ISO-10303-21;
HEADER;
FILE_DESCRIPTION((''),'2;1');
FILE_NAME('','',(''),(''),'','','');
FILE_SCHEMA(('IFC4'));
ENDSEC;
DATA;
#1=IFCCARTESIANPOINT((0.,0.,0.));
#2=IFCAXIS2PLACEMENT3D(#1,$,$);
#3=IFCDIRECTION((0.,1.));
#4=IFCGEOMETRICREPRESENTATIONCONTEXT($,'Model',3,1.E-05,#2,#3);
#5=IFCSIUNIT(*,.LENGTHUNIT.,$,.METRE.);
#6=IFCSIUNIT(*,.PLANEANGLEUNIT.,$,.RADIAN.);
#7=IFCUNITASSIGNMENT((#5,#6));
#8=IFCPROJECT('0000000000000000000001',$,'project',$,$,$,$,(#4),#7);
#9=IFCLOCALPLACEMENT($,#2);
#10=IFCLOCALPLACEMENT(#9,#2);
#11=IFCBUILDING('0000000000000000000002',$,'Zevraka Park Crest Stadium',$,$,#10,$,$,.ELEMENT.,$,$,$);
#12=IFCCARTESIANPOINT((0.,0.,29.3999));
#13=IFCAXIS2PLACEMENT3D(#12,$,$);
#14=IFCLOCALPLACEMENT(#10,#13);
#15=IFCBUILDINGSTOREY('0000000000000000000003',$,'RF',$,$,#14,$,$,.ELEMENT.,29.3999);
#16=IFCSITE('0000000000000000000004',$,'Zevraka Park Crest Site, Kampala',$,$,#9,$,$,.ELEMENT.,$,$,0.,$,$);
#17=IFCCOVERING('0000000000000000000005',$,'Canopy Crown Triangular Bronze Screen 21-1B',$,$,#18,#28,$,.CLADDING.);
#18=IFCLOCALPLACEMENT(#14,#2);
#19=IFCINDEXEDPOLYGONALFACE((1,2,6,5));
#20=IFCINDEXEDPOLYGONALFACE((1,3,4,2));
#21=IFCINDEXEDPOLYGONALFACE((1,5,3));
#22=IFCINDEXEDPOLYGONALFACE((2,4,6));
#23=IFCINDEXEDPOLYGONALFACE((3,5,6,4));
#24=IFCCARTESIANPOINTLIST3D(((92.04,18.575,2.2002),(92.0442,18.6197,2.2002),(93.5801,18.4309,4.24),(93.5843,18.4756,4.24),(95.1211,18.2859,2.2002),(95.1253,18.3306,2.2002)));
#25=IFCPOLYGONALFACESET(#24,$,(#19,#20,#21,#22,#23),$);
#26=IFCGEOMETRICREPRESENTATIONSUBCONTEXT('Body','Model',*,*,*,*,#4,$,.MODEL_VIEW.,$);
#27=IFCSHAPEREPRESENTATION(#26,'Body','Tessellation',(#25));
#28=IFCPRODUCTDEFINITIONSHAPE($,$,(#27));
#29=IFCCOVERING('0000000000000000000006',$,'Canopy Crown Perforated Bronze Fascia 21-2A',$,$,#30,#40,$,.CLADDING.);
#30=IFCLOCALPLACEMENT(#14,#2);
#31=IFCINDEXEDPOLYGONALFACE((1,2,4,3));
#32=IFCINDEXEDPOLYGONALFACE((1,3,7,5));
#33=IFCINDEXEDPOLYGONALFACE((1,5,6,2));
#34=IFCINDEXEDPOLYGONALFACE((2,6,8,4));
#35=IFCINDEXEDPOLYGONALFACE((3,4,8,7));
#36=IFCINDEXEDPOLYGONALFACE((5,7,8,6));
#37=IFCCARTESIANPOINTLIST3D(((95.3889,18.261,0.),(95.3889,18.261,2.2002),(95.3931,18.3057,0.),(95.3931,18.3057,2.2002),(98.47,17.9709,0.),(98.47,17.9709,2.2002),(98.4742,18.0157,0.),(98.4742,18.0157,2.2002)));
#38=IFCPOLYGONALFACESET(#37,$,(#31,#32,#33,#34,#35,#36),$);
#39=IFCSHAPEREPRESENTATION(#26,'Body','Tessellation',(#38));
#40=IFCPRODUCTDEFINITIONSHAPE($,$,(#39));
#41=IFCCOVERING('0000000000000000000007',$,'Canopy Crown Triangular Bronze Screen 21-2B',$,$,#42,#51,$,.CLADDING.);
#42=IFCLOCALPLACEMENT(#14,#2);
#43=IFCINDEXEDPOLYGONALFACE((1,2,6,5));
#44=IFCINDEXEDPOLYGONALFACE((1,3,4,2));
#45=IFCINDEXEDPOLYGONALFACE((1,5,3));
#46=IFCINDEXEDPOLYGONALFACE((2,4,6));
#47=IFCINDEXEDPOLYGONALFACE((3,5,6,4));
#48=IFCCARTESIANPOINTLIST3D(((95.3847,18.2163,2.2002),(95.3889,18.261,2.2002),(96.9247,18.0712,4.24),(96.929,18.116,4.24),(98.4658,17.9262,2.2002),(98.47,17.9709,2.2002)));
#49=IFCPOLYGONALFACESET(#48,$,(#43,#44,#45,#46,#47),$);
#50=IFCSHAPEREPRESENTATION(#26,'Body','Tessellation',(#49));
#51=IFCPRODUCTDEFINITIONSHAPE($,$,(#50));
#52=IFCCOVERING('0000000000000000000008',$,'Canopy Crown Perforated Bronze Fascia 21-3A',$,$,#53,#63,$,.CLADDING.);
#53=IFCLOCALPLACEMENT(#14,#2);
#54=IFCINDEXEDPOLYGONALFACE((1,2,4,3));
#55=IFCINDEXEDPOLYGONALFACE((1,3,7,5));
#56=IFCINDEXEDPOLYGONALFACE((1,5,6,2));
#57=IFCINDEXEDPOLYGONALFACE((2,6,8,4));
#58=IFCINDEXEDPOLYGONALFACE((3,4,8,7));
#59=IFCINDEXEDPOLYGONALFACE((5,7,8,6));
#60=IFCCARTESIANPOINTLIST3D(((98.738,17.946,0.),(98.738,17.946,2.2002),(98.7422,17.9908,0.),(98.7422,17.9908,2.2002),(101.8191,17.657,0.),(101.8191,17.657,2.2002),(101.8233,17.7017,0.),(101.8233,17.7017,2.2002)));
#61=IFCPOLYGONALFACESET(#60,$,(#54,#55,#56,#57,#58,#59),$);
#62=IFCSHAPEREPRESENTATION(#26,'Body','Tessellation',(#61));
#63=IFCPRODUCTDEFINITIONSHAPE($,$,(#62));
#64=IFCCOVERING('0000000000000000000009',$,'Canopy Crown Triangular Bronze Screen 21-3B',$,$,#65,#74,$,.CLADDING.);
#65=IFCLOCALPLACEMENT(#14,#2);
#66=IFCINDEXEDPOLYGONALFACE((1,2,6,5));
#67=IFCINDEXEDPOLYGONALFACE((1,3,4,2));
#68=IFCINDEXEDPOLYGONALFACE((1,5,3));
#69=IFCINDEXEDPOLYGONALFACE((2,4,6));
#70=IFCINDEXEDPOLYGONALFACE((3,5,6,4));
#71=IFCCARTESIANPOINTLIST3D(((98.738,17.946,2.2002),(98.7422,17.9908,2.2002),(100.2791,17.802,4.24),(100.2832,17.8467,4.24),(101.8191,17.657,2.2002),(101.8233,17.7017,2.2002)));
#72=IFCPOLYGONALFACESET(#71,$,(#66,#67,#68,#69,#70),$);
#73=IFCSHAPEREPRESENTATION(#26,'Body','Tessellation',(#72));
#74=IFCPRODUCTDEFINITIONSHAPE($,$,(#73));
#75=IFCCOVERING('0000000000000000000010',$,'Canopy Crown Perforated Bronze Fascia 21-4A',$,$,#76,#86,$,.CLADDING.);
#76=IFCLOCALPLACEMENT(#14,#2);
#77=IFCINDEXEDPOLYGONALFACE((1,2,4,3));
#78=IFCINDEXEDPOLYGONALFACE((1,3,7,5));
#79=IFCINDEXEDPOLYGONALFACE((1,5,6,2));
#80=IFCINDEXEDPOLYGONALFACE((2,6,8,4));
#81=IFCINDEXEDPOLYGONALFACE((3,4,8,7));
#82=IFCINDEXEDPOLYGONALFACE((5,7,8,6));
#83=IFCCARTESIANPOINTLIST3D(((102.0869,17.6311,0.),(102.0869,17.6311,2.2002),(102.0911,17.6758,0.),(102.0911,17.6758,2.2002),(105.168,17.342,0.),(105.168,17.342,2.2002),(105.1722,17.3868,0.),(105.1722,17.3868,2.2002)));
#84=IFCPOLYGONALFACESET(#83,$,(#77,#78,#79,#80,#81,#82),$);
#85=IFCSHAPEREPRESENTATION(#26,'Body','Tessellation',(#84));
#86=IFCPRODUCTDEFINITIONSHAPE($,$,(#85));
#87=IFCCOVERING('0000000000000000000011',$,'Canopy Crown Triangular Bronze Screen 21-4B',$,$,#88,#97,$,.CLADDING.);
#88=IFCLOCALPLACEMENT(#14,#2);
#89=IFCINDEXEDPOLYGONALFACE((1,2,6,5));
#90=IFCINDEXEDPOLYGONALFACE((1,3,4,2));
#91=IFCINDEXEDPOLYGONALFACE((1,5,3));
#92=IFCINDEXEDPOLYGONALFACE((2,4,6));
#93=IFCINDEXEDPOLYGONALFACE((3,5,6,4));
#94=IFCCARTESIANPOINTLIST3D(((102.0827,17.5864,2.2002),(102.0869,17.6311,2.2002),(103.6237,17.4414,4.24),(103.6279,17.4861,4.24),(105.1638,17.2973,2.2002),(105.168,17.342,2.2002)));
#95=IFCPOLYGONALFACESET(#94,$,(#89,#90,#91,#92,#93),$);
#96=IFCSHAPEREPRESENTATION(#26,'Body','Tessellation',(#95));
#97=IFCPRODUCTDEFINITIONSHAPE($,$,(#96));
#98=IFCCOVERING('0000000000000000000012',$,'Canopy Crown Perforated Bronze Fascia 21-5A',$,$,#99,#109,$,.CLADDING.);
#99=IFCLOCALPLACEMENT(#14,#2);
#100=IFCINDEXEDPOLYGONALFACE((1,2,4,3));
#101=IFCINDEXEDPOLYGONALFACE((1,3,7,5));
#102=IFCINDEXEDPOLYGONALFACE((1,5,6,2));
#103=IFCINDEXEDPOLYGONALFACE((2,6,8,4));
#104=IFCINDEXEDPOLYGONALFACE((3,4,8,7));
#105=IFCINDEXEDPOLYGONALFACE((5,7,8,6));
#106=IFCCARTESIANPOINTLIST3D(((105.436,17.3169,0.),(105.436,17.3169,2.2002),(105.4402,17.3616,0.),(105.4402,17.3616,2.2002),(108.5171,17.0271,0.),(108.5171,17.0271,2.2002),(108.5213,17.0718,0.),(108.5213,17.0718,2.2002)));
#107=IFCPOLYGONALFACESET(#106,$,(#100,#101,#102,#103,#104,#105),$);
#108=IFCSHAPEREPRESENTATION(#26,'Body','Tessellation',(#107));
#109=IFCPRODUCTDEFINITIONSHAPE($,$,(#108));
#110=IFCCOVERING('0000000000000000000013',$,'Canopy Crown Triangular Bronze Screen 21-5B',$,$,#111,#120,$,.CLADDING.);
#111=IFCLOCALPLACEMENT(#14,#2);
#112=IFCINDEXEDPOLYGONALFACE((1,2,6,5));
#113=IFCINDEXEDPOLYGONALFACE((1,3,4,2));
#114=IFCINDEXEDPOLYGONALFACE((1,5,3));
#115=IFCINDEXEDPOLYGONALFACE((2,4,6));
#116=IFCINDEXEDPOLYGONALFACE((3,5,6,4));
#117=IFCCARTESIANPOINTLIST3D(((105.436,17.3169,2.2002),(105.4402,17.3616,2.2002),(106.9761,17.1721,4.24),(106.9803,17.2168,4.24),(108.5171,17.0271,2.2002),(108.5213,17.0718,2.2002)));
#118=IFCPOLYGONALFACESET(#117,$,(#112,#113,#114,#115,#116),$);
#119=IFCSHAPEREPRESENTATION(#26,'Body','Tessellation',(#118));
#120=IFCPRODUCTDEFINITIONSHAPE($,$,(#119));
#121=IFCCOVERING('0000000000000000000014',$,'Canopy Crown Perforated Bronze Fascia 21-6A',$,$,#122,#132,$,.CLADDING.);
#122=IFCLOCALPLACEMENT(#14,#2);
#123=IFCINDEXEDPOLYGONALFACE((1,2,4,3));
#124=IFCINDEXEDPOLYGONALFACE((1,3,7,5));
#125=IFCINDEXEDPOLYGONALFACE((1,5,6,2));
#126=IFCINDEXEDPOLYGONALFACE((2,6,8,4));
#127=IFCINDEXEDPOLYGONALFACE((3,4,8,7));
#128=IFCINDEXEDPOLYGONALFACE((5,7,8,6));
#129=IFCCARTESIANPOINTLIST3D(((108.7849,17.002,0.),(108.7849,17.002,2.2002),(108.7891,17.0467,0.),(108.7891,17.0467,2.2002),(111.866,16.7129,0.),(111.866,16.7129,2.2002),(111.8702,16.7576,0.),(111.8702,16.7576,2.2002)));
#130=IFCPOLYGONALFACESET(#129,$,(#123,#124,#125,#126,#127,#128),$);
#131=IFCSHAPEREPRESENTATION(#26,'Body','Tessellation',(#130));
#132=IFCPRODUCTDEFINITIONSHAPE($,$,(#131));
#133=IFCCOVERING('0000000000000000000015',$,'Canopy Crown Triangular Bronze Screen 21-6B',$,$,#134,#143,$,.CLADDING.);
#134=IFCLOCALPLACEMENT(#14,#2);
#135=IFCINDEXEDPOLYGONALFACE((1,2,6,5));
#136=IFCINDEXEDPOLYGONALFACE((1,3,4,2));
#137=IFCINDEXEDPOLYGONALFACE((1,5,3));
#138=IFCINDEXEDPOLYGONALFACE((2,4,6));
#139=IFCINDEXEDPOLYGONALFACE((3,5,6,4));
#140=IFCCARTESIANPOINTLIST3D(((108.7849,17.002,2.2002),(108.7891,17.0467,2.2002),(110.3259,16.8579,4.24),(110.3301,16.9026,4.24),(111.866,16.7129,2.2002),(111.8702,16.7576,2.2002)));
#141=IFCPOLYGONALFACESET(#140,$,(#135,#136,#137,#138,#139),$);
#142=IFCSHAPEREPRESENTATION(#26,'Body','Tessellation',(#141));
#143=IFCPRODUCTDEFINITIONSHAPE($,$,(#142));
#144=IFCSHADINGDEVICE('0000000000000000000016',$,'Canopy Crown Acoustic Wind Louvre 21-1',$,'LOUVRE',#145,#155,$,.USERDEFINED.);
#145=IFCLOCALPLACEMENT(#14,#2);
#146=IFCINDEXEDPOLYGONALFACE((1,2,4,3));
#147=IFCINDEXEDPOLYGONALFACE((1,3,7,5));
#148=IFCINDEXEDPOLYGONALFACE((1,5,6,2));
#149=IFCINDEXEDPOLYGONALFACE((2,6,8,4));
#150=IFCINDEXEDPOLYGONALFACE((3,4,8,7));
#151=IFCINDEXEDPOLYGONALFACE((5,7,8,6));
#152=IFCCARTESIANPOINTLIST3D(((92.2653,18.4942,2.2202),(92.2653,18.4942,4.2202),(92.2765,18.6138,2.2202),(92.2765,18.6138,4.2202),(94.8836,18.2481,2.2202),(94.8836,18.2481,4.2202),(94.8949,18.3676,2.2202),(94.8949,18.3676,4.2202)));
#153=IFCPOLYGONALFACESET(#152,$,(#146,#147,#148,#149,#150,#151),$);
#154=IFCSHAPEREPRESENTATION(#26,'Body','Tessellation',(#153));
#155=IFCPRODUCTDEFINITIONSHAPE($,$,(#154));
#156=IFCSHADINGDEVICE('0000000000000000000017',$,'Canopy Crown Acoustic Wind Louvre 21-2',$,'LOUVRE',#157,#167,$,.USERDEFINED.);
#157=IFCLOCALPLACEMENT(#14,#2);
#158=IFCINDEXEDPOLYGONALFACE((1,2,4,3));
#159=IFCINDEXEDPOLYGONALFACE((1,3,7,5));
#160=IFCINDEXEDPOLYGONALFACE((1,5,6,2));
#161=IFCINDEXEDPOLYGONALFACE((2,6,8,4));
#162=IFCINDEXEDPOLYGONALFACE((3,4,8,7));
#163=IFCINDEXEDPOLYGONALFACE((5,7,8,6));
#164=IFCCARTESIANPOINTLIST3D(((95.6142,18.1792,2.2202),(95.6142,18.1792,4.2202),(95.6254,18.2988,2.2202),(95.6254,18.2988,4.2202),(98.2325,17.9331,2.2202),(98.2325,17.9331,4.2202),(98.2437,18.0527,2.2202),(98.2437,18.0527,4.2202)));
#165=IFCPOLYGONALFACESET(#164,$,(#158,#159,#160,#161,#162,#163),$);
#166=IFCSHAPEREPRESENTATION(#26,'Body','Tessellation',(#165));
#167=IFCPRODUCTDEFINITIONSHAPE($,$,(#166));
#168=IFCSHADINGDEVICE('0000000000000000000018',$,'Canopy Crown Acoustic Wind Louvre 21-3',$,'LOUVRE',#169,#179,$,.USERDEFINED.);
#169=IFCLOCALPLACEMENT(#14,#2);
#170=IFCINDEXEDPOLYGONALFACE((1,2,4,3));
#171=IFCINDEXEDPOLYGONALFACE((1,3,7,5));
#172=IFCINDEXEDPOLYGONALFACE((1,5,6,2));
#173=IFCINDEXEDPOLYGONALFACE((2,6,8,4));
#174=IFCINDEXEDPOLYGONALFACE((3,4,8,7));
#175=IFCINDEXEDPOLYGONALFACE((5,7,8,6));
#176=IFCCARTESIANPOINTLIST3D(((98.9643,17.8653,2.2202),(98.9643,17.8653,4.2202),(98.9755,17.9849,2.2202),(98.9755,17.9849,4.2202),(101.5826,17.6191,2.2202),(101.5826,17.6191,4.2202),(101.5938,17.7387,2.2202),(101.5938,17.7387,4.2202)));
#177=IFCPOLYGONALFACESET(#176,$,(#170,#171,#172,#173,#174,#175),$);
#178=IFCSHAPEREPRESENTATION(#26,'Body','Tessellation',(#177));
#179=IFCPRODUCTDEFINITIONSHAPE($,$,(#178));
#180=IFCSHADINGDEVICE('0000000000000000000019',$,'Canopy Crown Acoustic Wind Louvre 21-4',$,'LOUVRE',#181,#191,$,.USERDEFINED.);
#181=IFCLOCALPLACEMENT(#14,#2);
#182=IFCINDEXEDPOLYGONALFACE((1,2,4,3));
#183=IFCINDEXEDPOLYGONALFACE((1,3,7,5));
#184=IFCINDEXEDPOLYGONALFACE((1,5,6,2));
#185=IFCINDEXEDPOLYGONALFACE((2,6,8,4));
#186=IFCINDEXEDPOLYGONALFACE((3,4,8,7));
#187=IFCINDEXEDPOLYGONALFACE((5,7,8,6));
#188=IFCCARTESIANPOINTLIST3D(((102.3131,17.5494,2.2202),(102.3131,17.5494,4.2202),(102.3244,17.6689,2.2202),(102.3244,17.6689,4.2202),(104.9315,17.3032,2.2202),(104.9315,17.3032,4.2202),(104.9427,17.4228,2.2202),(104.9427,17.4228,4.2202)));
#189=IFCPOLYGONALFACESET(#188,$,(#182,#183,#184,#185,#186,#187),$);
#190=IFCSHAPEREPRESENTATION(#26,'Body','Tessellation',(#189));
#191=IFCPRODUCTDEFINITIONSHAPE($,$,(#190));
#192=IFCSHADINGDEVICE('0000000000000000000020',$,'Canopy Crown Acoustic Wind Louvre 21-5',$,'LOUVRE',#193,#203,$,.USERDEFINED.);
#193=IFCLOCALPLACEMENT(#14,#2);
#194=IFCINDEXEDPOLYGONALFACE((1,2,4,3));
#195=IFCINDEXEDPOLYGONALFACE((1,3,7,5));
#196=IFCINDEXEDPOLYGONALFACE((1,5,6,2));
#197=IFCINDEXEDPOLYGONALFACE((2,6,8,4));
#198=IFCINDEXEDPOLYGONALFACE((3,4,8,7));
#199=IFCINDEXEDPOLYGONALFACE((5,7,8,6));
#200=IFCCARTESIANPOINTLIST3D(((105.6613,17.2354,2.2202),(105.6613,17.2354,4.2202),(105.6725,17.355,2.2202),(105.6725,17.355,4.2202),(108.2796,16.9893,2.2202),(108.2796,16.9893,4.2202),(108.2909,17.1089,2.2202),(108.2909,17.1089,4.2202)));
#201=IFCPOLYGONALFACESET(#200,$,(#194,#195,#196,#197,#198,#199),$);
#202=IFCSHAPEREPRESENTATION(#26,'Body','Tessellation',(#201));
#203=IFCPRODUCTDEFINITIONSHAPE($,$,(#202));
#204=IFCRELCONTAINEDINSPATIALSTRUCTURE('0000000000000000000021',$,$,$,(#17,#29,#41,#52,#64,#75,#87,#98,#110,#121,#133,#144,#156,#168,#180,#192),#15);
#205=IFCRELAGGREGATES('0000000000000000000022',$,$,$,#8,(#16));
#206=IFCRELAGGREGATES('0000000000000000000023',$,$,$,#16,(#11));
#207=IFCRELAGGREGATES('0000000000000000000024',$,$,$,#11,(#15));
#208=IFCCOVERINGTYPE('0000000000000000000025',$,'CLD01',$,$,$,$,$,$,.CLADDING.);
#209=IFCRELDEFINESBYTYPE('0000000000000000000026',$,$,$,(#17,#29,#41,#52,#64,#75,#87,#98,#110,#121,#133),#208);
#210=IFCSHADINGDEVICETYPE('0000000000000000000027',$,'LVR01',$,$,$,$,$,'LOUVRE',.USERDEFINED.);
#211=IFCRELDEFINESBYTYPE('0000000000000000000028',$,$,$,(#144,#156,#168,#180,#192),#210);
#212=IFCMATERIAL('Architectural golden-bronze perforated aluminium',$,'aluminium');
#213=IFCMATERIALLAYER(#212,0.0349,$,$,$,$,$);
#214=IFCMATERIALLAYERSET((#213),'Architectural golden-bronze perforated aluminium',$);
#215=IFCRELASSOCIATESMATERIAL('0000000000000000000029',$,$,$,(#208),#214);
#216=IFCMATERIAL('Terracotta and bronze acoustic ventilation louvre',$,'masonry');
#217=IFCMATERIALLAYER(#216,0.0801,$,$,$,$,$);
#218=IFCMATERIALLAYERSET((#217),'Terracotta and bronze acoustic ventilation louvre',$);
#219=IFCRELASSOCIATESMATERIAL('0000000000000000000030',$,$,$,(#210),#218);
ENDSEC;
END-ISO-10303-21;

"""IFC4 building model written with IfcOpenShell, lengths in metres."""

from ifc_helpers import new_model, si_unit, direction, frame, origin, origin_2d, place, context, subcontext, project, spatial, polyline, rectangle, outline, extrude, material, layer, layer_set, type_object, element, save


model = new_model("IFC4")

# Units and contexts
model_context = context("Model", 3, precision=1e-05, world=origin(), true_north=direction((0.0, 1.0)))
body_context = subcontext(model_context, "Body", "Model", "MODEL_VIEW")
ifc_project = project(units=[si_unit("LENGTHUNIT", "METRE"), si_unit("PLANEANGLEUNIT", "RADIAN")], contexts=[model_context])

# Site, building, storey
site_placement = place(None, origin())
site = spatial("IfcSite", under=ifc_project, at=site_placement, Name="Zevraka Park Crest Site, Kampala", CompositionType="ELEMENT", RefElevation=0.0)
building_placement = place(site_placement, origin())
building = spatial("IfcBuilding", under=site, at=building_placement, Name="Zevraka Park Crest Stadium", CompositionType="ELEMENT")
storey_placement = place(building_placement, frame((0.0, 0.0, 29.3999)))
storey = spatial("IfcBuildingStorey", under=building, at=storey_placement, Name="RF", CompositionType="ELEMENT", Elevation=29.3999)

# Coverings
ifc_material_1 = material(Name="Architectural golden-bronze perforated aluminium", Category="aluminium")
ifc_layer_1 = layer(ifc_material_1, 0.0349)
ifc_layer_set_1 = layer_set([ifc_layer_1], Name="Architectural golden-bronze perforated aluminium")
covering_type = type_object("IfcCoveringType", Name="CLD01", PredefinedType="CLADDING", material=ifc_layer_set_1)
covering_1_placement = place(storey_placement, frame((92.04, 18.575, 2.2002), z_axis=(-0.093409, -0.995628, 0.000216), x_axis=(0.995628, -0.093409, 0.0)))
element("IfcCovering", 1, at=covering_1_placement, inside=storey, type_object=covering_type, Name="Canopy Crown Triangular Bronze Screen 21-1B", PredefinedType="CLADDING", context=body_context, shape_type="SweptSolid", body=[
    extrude(outline(polyline([(0.0, 0.0), (3.0946, 0.0), (1.5468, 2.0398), (0.0, 0.0)])), origin(), (0.0, 0.0, -1.0), 0.0449),
])
covering_2_placement = place(storey_placement, frame((95.3889, 18.261, 0.0), z_axis=(-0.093722, -0.995598, 0.0), x_axis=(0.995598, -0.093722, 0.0)))
element("IfcCovering", 2, at=covering_2_placement, inside=storey, type_object=covering_type, Name="Canopy Crown Perforated Bronze Fascia 21-2A", PredefinedType="CLADDING", context=body_context, shape_type="SweptSolid", body=[
    extrude(outline(polyline([(0.0, 0.0), (3.0947, 0.0), (3.0947, 2.2002), (0.0, 2.2002), (0.0, 0.0)])), origin(), (0.0, 0.0, -1.0), 0.0449),
])
covering_3_placement = place(storey_placement, frame((95.3889, 18.261, 2.2002), z_axis=(0.093722, 0.995598, 0.000022), x_axis=(0.995598, -0.093722, 0.0)))
element("IfcCovering", 3, at=covering_3_placement, inside=storey, type_object=covering_type, Name="Canopy Crown Triangular Bronze Screen 21-2B", PredefinedType="CLADDING", context=body_context, shape_type="SweptSolid", body=[
    extrude(outline(polyline([(0.0, 0.0), (3.0947, 0.0), (1.5469, -2.0398), (0.0, 0.0)])), origin(), (0.0, 0.0, -1.0), 0.0449),
])
covering_4_placement = place(storey_placement, frame((98.738, 17.946, 0.0), z_axis=(-0.093409, -0.995628, 0.0), x_axis=(0.995628, -0.093409, 0.0)))
element("IfcCovering", 4, at=covering_4_placement, inside=storey, type_object=covering_type, Name="Canopy Crown Perforated Bronze Fascia 21-3A", PredefinedType="CLADDING", context=body_context, shape_type="SweptSolid", body=[
    extrude(outline(polyline([(0.0, 0.0), (3.0946, 0.0), (3.0946, 2.2002), (0.0, 2.2002), (0.0, 0.0)])), origin(), (0.0, 0.0, -1.0), 0.0449),
])
covering_5_placement = place(storey_placement, frame((98.738, 17.946, 2.2002), z_axis=(-0.093409, -0.995628, 0.000261), x_axis=(0.995628, -0.093409, 0.0)))
element("IfcCovering", 5, at=covering_5_placement, inside=storey, type_object=covering_type, Name="Canopy Crown Triangular Bronze Screen 21-3B", PredefinedType="CLADDING", context=body_context, shape_type="SweptSolid", body=[
    extrude(outline(polyline([(0.0, 0.0), (3.0946, 0.0), (1.5477, 2.0398), (0.0, 0.0)])), origin(), (0.0, 0.0, -1.0), 0.0449),
])
covering_6_placement = place(storey_placement, frame((102.0869, 17.6311, 0.0), z_axis=(-0.093409, -0.995628, 0.0), x_axis=(0.995628, -0.093409, 0.0)))
element("IfcCovering", 6, at=covering_6_placement, inside=storey, type_object=covering_type, Name="Canopy Crown Perforated Bronze Fascia 21-4A", PredefinedType="CLADDING", context=body_context, shape_type="SweptSolid", body=[
    extrude(outline(polyline([(0.0, 0.0), (3.0946, 0.0), (3.0946, 2.2002), (0.0, 2.2002), (0.0, 0.0)])), origin(), (0.0, 0.0, -1.0), 0.0449),
])
covering_7_placement = place(storey_placement, frame((102.0869, 17.6311, 2.2002), z_axis=(0.093409, 0.995628, 0.000216), x_axis=(0.995628, -0.093409, 0.0)))
element("IfcCovering", 7, at=covering_7_placement, inside=storey, type_object=covering_type, Name="Canopy Crown Triangular Bronze Screen 21-4B", PredefinedType="CLADDING", context=body_context, shape_type="SweptSolid", body=[
    extrude(outline(polyline([(0.0, 0.0), (3.0946, 0.0), (1.5478, -2.0398), (0.0, 0.0)])), origin(), (0.0, 0.0, -1.0), 0.0449),
])
covering_8_placement = place(storey_placement, frame((105.436, 17.3169, 0.0), z_axis=(-0.093644, -0.995606, 0.0), x_axis=(0.995606, -0.093644, 0.0)))
element("IfcCovering", 8, at=covering_8_placement, inside=storey, type_object=covering_type, Name="Canopy Crown Perforated Bronze Fascia 21-5A", PredefinedType="CLADDING", context=body_context, shape_type="SweptSolid", body=[
    extrude(outline(polyline([(0.0, 0.0), (3.0947, 0.0), (3.0947, 2.2002), (0.0, 2.2002), (0.0, 0.0)])), origin(), (0.0, 0.0, -1.0), 0.0449),
])
covering_9_placement = place(storey_placement, frame((105.436, 17.3169, 2.2002), z_axis=(-0.093644, -0.995606, 0.000037), x_axis=(0.995606, -0.093644, 0.0)))
element("IfcCovering", 9, at=covering_9_placement, inside=storey, type_object=covering_type, Name="Canopy Crown Triangular Bronze Screen 21-5B", PredefinedType="CLADDING", context=body_context, shape_type="SweptSolid", body=[
    extrude(outline(polyline([(0.0, 0.0), (3.0947, 0.0), (1.5468, 2.0398), (0.0, 0.0)])), origin(), (0.0, 0.0, -1.0), 0.0449),
])
covering_10_placement = place(storey_placement, frame((108.7849, 17.002, 0.0), z_axis=(-0.093409, -0.995628, 0.0), x_axis=(0.995628, -0.093409, 0.0)))
element("IfcCovering", 10, at=covering_10_placement, inside=storey, type_object=covering_type, Name="Canopy Crown Perforated Bronze Fascia 21-6A", PredefinedType="CLADDING", context=body_context, shape_type="SweptSolid", body=[
    extrude(outline(polyline([(0.0, 0.0), (3.0946, 0.0), (3.0946, 2.2002), (0.0, 2.2002), (0.0, 0.0)])), origin(), (0.0, 0.0, -1.0), 0.0449),
])
covering_11_placement = place(storey_placement, frame((108.7849, 17.002, 2.2002), z_axis=(-0.093409, -0.995628, 0.000261), x_axis=(0.995628, -0.093409, 0.0)))
element("IfcCovering", 11, at=covering_11_placement, inside=storey, type_object=covering_type, Name="Canopy Crown Triangular Bronze Screen 21-6B", PredefinedType="CLADDING", context=body_context, shape_type="SweptSolid", body=[
    extrude(outline(polyline([(0.0, 0.0), (3.0946, 0.0), (1.5477, 2.0398), (0.0, 0.0)])), origin(), (0.0, 0.0, -1.0), 0.0449),
])

# Shading devices
ifc_material_2 = material(Name="Terracotta and bronze acoustic ventilation louvre", Category="masonry")
ifc_layer_2 = layer(ifc_material_2, 0.0801)
ifc_layer_set_2 = layer_set([ifc_layer_2], Name="Terracotta and bronze acoustic ventilation louvre")
shading_device_type = type_object("IfcShadingDeviceType", Name="LVR01", ElementType="LOUVRE", PredefinedType="USERDEFINED", material=ifc_layer_set_2)
for number, where, z_axis, x_axis, name in (
    (12, (93.5801, 18.4309, 2.2202), (0.0, 0.0, 1.0), (0.995611, -0.093587, 0.0), "Canopy Crown Acoustic Wind Louvre 21-1"),
    (13, (96.929, 18.116, 2.2202), (0.0, 0.0, 1.0), (0.995611, -0.093587, 0.0), "Canopy Crown Acoustic Wind Louvre 21-2"),
    (14, (100.2791, 17.802, 2.2202), (0.0, 0.0, 1.0), (0.995611, -0.093587, 0.0), "Canopy Crown Acoustic Wind Louvre 21-3"),
    (15, (103.6279, 17.4861, 2.2202), (0.0, 0.0, 1.0), (0.995611, -0.093587, 0.0), "Canopy Crown Acoustic Wind Louvre 21-4"),
    (16, (106.9761, 17.1721, 2.2202), (0.0, 0.0, 1.0), (0.995611, -0.093587, 0.0), "Canopy Crown Acoustic Wind Louvre 21-5"),
):
    element("IfcShadingDevice", number, at=place(storey_placement, frame(where, z_axis=z_axis, x_axis=x_axis)), inside=storey, type_object=shading_device_type, Name=name, ObjectType="LOUVRE", PredefinedType="USERDEFINED", context=body_context, shape_type="SweptSolid", body=[
        extrude(rectangle(XDim=2.6299, YDim=0.1201, at=origin_2d()), origin(), (0.0, 0.0, 1.0), 2.0),
    ])

save(model, "model.ifc")
